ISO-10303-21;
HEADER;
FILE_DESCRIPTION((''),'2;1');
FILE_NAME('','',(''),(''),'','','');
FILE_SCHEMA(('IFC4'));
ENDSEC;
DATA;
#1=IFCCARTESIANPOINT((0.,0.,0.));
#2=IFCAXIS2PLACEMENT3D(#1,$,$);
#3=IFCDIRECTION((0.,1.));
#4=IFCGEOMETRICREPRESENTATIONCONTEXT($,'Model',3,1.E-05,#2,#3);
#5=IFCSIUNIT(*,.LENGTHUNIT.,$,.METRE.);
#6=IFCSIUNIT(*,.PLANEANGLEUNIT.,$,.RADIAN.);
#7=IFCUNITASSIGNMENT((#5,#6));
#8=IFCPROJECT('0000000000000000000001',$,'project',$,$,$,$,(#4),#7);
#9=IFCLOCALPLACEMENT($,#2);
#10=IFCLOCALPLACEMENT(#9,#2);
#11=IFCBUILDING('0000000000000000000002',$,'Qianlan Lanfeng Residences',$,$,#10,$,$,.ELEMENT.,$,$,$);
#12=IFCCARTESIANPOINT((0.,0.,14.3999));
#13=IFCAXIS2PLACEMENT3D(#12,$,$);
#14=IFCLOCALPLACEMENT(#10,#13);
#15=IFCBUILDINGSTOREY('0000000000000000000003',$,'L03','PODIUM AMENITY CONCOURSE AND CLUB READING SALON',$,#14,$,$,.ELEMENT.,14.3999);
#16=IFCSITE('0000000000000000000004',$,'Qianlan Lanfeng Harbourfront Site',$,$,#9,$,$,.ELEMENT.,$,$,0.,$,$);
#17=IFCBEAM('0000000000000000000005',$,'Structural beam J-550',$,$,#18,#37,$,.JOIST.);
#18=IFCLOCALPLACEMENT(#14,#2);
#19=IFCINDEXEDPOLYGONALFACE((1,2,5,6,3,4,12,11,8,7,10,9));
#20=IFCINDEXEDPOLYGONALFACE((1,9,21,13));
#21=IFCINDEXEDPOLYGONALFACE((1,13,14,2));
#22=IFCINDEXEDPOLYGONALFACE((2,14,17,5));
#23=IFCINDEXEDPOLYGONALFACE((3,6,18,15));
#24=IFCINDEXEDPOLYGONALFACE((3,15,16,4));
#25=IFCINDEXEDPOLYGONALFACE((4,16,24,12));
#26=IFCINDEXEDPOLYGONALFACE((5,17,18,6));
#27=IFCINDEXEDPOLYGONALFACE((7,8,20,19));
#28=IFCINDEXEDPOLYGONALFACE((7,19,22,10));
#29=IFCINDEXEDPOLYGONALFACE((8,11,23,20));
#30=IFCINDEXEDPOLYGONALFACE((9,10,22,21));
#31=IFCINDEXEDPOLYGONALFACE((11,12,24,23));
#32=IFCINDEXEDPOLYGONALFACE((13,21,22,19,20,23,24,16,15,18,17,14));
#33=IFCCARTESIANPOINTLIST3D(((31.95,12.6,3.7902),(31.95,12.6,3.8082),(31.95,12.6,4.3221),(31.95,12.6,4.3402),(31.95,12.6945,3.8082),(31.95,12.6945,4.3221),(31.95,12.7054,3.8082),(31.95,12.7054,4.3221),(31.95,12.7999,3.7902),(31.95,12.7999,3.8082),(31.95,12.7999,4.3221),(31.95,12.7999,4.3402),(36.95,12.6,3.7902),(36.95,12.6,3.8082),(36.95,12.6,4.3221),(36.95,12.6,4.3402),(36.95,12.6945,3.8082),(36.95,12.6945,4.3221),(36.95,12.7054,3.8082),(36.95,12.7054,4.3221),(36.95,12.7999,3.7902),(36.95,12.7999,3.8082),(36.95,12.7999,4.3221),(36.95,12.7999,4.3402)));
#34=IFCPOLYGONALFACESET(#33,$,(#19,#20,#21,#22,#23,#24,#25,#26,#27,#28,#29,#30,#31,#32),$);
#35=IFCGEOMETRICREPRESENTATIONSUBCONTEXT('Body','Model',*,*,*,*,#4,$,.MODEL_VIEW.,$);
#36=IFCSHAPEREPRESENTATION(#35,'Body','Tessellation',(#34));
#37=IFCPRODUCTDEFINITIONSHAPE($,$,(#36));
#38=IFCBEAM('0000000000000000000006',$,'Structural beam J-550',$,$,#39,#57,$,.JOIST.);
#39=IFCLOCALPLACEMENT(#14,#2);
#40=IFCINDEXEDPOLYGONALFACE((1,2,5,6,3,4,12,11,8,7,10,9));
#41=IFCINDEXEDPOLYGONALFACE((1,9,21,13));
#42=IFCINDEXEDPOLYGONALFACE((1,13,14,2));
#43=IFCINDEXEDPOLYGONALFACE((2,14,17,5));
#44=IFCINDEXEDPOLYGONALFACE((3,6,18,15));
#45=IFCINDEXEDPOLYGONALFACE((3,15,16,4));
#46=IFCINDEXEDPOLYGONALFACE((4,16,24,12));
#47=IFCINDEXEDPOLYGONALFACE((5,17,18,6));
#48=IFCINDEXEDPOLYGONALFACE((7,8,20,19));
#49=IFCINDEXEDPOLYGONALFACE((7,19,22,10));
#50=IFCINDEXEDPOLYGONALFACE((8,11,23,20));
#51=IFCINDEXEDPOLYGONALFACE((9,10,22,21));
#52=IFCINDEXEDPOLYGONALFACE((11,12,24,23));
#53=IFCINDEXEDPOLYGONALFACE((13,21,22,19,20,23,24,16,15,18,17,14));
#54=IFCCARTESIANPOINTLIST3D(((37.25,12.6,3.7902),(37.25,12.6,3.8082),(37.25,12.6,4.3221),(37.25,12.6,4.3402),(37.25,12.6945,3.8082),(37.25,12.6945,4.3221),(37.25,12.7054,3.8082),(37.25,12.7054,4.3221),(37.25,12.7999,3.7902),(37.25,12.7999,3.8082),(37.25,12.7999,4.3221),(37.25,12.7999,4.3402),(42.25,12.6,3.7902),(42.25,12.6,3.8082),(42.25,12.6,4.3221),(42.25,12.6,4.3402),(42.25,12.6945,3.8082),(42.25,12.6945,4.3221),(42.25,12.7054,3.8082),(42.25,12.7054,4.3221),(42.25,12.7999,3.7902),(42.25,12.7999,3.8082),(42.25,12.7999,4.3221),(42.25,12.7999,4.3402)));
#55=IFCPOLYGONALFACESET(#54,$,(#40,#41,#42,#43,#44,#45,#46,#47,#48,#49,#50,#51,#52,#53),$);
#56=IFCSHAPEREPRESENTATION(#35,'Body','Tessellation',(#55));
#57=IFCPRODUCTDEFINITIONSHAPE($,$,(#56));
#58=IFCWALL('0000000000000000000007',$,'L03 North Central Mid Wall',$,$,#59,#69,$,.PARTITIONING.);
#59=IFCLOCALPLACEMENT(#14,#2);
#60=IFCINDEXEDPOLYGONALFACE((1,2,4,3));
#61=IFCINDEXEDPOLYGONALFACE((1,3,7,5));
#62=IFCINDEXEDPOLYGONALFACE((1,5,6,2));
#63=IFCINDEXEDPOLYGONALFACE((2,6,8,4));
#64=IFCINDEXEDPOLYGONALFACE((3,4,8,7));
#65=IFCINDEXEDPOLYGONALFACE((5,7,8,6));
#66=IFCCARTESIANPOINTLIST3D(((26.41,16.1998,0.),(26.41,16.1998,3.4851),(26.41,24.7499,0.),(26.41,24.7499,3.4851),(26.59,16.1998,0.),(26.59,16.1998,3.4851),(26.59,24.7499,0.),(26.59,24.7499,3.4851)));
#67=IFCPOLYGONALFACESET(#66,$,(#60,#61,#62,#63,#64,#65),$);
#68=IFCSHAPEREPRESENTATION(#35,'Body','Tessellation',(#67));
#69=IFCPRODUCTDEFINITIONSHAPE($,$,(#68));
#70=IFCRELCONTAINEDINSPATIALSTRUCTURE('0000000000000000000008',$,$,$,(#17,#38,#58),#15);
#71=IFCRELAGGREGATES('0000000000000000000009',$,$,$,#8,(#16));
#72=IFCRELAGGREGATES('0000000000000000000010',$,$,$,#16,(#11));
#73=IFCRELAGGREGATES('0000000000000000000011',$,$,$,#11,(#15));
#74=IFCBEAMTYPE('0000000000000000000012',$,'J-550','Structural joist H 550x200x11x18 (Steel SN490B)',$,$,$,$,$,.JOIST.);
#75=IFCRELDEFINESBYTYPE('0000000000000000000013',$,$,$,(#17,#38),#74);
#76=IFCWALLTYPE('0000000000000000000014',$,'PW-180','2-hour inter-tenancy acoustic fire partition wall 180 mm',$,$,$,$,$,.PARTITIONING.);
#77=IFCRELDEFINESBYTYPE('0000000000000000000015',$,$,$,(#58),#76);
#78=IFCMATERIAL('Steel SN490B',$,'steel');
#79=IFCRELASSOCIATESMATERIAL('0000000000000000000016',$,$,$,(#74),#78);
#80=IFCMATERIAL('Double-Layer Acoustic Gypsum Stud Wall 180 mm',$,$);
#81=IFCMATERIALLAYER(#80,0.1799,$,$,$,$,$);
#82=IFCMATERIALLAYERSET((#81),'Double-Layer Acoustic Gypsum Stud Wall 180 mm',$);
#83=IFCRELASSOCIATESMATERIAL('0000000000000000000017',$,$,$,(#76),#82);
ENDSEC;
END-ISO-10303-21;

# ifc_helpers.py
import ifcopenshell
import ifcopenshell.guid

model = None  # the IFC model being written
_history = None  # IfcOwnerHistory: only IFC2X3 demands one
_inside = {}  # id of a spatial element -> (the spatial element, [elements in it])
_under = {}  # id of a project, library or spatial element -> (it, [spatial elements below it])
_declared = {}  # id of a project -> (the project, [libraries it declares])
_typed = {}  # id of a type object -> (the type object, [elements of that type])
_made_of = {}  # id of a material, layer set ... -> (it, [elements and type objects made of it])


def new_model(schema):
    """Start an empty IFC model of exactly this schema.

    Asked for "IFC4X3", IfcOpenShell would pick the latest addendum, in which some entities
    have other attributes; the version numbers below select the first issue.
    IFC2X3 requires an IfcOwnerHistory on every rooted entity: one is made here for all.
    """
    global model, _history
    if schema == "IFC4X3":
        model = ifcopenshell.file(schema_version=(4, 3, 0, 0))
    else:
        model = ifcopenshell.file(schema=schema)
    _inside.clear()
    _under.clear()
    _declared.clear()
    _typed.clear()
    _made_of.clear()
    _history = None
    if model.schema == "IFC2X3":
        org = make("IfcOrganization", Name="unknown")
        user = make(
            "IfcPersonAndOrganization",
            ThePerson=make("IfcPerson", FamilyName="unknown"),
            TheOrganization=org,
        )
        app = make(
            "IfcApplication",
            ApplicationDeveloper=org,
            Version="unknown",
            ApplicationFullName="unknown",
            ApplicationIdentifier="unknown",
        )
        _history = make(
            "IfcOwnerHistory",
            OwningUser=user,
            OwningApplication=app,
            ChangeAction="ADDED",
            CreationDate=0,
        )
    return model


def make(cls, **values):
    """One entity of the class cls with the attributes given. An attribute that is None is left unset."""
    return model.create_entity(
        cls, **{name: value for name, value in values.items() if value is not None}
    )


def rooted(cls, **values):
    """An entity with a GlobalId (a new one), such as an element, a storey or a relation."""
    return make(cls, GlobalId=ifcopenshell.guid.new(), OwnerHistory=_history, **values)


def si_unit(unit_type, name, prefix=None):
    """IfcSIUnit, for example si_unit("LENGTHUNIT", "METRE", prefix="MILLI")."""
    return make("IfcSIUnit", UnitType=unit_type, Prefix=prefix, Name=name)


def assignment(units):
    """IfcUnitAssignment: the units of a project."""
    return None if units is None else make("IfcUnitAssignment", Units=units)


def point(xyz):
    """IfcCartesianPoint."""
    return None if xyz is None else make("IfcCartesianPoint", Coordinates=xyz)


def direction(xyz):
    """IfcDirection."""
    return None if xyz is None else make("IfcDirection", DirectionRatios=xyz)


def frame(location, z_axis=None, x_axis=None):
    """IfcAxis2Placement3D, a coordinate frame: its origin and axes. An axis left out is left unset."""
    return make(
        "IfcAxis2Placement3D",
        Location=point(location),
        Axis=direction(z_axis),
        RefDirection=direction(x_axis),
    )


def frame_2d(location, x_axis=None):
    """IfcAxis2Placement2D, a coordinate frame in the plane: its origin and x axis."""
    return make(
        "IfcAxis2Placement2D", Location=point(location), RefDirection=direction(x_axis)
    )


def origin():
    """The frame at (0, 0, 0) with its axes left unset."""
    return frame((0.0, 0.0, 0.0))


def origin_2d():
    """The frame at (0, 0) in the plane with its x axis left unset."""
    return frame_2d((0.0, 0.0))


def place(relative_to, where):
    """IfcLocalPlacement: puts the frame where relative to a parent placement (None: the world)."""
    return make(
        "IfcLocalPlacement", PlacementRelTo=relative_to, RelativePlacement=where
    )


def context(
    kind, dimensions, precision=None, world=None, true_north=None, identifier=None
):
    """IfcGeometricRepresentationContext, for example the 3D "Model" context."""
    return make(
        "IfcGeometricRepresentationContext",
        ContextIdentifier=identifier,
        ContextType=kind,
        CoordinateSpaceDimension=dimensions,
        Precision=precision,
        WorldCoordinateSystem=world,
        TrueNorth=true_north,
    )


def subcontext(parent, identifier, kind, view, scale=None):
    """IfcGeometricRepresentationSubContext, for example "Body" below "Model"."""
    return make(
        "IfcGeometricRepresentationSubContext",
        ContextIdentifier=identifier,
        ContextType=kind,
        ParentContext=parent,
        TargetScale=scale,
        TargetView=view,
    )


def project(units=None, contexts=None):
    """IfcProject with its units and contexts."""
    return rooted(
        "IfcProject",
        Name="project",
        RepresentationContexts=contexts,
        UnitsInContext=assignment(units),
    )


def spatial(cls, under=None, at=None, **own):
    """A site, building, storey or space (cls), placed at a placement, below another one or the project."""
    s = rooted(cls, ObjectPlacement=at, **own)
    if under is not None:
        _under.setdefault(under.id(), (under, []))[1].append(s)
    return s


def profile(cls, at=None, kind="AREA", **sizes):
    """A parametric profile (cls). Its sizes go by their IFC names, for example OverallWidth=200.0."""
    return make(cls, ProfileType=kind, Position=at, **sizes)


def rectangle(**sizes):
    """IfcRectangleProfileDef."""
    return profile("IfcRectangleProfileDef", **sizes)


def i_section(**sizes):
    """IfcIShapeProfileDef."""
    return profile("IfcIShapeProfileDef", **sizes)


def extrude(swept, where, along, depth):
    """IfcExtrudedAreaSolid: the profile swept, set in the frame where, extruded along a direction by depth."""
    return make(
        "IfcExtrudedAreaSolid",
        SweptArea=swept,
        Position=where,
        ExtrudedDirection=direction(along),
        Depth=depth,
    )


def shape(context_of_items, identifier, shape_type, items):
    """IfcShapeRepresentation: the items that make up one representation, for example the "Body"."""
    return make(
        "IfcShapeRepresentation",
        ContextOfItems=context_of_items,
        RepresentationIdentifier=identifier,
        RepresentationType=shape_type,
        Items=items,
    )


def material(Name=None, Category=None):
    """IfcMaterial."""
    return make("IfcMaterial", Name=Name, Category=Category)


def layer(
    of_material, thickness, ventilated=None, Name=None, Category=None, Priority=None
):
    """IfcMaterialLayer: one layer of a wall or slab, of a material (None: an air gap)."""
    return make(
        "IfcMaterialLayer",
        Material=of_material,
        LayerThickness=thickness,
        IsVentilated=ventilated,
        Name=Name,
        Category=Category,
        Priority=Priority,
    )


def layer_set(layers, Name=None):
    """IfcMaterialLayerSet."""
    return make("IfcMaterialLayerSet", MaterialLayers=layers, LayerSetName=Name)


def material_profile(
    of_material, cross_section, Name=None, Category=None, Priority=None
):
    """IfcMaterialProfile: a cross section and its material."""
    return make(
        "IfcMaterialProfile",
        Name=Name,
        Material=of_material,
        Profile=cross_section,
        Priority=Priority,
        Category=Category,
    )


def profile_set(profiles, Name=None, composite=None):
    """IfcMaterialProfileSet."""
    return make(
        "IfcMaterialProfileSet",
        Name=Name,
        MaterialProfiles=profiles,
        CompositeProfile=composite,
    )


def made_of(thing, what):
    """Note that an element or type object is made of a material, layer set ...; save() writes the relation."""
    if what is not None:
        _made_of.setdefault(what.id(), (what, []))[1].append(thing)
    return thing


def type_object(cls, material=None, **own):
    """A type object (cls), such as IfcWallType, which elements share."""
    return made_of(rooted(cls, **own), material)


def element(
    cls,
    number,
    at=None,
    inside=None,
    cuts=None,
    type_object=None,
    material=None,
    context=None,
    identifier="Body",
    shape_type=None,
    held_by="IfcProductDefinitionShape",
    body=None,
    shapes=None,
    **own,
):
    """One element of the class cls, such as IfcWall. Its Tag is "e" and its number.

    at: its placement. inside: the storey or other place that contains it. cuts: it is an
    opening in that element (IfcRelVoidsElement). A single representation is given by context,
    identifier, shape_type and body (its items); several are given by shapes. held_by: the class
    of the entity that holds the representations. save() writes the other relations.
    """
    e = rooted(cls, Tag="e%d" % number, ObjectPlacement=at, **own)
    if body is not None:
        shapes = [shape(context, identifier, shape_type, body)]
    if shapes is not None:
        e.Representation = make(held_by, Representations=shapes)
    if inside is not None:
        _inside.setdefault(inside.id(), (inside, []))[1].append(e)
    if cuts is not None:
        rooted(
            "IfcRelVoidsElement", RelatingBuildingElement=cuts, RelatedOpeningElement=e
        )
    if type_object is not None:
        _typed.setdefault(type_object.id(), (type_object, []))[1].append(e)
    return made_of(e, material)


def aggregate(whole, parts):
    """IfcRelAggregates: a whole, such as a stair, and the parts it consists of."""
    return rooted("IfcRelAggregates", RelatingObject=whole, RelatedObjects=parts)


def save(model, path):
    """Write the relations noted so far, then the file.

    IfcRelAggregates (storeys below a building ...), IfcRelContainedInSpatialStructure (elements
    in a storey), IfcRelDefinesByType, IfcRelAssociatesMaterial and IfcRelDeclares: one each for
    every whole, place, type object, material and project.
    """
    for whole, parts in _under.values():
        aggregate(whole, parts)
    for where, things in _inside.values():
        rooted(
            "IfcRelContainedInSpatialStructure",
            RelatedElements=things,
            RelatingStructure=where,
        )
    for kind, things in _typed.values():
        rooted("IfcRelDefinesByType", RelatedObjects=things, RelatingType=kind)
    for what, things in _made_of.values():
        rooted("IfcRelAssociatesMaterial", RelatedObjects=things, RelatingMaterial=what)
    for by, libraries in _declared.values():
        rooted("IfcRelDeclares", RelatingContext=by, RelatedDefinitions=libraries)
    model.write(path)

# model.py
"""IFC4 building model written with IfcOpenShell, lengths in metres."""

from ifc_helpers import new_model, si_unit, direction, frame, frame_2d, origin, origin_2d, place, context, subcontext, project, spatial, rectangle, i_section, extrude, material, layer, layer_set, material_profile, profile_set, type_object, element, save


model = new_model("IFC4")

# Units and contexts
model_context = context("Model", 3, precision=1e-05, world=origin(), true_north=direction((0.0, 1.0)))
body_context = subcontext(model_context, "Body", "Model", "MODEL_VIEW")
ifc_project = project(units=[si_unit("LENGTHUNIT", "METRE"), si_unit("PLANEANGLEUNIT", "RADIAN")], contexts=[model_context])

# Site, building, storey
site_placement = place(None, origin())
site = spatial("IfcSite", under=ifc_project, at=site_placement, Name="Qianlan Lanfeng Harbourfront Site", CompositionType="ELEMENT", RefElevation=0.0)
building_placement = place(site_placement, origin())
building = spatial("IfcBuilding", under=site, at=building_placement, Name="Qianlan Lanfeng Residences", CompositionType="ELEMENT")
storey_placement = place(building_placement, frame((0.0, 0.0, 14.3999)))
storey = spatial("IfcBuildingStorey", under=building, at=storey_placement, Name="L03", Description="PODIUM AMENITY CONCOURSE AND CLUB READING SALON", CompositionType="ELEMENT", Elevation=14.3999)

# Beams
ifc_material_1 = material(Name="Steel SN490B", Category="steel")
ifc_material_profile_1 = material_profile(ifc_material_1, i_section(OverallWidth=0.2, OverallDepth=0.55, WebThickness=0.011, FlangeThickness=0.0181, at=origin_2d()), Name="H 550x200x11x18")
ifc_profile_set_1 = profile_set([ifc_material_profile_1], Name="Steel SN490B")
beam_type_1 = type_object("IfcBeamType", Name="J-550", Description="Structural joist H 550x200x11x18 (Steel SN490B)", PredefinedType="JOIST", material=ifc_profile_set_1)
for number, where, z_axis, x_axis, name in (
    (1, (31.95, 12.7, 4.0652), (1.0, 0.0, 0.0), (0.0, 1.0, 0.0), "Structural beam J-550"),
    (2, (37.25, 12.7, 4.0652), (1.0, 0.0, 0.0), (0.0, 1.0, 0.0), "Structural beam J-550"),
):
    element("IfcBeam", number, at=place(storey_placement, frame(where, z_axis=z_axis, x_axis=x_axis)), inside=storey, type_object=beam_type_1, Name=name, PredefinedType="JOIST", context=body_context, shape_type="SweptSolid", body=[
        extrude(i_section(OverallWidth=0.2, OverallDepth=0.55, WebThickness=0.011, FlangeThickness=0.0181, at=origin_2d()), origin(), (0.0, 0.0, 1.0), 5.0),
    ])

# Wall
ifc_material_2 = material(Name="Double-Layer Acoustic Gypsum Stud Wall 180 mm")
ifc_layer = layer(ifc_material_2, 0.1799)
ifc_layer_set = layer_set([ifc_layer], Name="Double-Layer Acoustic Gypsum Stud Wall 180 mm")
wall_type = type_object("IfcWallType", Name="PW-180", Description="2-hour inter-tenancy acoustic fire partition wall 180 mm", PredefinedType="PARTITIONING", material=ifc_layer_set)
wall_placement = place(storey_placement, frame((26.5, 16.2, 0.0), z_axis=(0.0, 0.0, 1.0), x_axis=(0.0, 1.0, 0.0)))
element("IfcWall", 3, at=wall_placement, inside=storey, type_object=wall_type, Name="L03 North Central Mid Wall", PredefinedType="PARTITIONING", context=body_context, shape_type="SweptSolid", body=[
    extrude(rectangle(XDim=8.55, YDim=0.1799, at=frame_2d((4.2749, 0.0))), origin(), (0.0, 0.0, 1.0), 3.4851),
])

save(model, "model.ifc")
